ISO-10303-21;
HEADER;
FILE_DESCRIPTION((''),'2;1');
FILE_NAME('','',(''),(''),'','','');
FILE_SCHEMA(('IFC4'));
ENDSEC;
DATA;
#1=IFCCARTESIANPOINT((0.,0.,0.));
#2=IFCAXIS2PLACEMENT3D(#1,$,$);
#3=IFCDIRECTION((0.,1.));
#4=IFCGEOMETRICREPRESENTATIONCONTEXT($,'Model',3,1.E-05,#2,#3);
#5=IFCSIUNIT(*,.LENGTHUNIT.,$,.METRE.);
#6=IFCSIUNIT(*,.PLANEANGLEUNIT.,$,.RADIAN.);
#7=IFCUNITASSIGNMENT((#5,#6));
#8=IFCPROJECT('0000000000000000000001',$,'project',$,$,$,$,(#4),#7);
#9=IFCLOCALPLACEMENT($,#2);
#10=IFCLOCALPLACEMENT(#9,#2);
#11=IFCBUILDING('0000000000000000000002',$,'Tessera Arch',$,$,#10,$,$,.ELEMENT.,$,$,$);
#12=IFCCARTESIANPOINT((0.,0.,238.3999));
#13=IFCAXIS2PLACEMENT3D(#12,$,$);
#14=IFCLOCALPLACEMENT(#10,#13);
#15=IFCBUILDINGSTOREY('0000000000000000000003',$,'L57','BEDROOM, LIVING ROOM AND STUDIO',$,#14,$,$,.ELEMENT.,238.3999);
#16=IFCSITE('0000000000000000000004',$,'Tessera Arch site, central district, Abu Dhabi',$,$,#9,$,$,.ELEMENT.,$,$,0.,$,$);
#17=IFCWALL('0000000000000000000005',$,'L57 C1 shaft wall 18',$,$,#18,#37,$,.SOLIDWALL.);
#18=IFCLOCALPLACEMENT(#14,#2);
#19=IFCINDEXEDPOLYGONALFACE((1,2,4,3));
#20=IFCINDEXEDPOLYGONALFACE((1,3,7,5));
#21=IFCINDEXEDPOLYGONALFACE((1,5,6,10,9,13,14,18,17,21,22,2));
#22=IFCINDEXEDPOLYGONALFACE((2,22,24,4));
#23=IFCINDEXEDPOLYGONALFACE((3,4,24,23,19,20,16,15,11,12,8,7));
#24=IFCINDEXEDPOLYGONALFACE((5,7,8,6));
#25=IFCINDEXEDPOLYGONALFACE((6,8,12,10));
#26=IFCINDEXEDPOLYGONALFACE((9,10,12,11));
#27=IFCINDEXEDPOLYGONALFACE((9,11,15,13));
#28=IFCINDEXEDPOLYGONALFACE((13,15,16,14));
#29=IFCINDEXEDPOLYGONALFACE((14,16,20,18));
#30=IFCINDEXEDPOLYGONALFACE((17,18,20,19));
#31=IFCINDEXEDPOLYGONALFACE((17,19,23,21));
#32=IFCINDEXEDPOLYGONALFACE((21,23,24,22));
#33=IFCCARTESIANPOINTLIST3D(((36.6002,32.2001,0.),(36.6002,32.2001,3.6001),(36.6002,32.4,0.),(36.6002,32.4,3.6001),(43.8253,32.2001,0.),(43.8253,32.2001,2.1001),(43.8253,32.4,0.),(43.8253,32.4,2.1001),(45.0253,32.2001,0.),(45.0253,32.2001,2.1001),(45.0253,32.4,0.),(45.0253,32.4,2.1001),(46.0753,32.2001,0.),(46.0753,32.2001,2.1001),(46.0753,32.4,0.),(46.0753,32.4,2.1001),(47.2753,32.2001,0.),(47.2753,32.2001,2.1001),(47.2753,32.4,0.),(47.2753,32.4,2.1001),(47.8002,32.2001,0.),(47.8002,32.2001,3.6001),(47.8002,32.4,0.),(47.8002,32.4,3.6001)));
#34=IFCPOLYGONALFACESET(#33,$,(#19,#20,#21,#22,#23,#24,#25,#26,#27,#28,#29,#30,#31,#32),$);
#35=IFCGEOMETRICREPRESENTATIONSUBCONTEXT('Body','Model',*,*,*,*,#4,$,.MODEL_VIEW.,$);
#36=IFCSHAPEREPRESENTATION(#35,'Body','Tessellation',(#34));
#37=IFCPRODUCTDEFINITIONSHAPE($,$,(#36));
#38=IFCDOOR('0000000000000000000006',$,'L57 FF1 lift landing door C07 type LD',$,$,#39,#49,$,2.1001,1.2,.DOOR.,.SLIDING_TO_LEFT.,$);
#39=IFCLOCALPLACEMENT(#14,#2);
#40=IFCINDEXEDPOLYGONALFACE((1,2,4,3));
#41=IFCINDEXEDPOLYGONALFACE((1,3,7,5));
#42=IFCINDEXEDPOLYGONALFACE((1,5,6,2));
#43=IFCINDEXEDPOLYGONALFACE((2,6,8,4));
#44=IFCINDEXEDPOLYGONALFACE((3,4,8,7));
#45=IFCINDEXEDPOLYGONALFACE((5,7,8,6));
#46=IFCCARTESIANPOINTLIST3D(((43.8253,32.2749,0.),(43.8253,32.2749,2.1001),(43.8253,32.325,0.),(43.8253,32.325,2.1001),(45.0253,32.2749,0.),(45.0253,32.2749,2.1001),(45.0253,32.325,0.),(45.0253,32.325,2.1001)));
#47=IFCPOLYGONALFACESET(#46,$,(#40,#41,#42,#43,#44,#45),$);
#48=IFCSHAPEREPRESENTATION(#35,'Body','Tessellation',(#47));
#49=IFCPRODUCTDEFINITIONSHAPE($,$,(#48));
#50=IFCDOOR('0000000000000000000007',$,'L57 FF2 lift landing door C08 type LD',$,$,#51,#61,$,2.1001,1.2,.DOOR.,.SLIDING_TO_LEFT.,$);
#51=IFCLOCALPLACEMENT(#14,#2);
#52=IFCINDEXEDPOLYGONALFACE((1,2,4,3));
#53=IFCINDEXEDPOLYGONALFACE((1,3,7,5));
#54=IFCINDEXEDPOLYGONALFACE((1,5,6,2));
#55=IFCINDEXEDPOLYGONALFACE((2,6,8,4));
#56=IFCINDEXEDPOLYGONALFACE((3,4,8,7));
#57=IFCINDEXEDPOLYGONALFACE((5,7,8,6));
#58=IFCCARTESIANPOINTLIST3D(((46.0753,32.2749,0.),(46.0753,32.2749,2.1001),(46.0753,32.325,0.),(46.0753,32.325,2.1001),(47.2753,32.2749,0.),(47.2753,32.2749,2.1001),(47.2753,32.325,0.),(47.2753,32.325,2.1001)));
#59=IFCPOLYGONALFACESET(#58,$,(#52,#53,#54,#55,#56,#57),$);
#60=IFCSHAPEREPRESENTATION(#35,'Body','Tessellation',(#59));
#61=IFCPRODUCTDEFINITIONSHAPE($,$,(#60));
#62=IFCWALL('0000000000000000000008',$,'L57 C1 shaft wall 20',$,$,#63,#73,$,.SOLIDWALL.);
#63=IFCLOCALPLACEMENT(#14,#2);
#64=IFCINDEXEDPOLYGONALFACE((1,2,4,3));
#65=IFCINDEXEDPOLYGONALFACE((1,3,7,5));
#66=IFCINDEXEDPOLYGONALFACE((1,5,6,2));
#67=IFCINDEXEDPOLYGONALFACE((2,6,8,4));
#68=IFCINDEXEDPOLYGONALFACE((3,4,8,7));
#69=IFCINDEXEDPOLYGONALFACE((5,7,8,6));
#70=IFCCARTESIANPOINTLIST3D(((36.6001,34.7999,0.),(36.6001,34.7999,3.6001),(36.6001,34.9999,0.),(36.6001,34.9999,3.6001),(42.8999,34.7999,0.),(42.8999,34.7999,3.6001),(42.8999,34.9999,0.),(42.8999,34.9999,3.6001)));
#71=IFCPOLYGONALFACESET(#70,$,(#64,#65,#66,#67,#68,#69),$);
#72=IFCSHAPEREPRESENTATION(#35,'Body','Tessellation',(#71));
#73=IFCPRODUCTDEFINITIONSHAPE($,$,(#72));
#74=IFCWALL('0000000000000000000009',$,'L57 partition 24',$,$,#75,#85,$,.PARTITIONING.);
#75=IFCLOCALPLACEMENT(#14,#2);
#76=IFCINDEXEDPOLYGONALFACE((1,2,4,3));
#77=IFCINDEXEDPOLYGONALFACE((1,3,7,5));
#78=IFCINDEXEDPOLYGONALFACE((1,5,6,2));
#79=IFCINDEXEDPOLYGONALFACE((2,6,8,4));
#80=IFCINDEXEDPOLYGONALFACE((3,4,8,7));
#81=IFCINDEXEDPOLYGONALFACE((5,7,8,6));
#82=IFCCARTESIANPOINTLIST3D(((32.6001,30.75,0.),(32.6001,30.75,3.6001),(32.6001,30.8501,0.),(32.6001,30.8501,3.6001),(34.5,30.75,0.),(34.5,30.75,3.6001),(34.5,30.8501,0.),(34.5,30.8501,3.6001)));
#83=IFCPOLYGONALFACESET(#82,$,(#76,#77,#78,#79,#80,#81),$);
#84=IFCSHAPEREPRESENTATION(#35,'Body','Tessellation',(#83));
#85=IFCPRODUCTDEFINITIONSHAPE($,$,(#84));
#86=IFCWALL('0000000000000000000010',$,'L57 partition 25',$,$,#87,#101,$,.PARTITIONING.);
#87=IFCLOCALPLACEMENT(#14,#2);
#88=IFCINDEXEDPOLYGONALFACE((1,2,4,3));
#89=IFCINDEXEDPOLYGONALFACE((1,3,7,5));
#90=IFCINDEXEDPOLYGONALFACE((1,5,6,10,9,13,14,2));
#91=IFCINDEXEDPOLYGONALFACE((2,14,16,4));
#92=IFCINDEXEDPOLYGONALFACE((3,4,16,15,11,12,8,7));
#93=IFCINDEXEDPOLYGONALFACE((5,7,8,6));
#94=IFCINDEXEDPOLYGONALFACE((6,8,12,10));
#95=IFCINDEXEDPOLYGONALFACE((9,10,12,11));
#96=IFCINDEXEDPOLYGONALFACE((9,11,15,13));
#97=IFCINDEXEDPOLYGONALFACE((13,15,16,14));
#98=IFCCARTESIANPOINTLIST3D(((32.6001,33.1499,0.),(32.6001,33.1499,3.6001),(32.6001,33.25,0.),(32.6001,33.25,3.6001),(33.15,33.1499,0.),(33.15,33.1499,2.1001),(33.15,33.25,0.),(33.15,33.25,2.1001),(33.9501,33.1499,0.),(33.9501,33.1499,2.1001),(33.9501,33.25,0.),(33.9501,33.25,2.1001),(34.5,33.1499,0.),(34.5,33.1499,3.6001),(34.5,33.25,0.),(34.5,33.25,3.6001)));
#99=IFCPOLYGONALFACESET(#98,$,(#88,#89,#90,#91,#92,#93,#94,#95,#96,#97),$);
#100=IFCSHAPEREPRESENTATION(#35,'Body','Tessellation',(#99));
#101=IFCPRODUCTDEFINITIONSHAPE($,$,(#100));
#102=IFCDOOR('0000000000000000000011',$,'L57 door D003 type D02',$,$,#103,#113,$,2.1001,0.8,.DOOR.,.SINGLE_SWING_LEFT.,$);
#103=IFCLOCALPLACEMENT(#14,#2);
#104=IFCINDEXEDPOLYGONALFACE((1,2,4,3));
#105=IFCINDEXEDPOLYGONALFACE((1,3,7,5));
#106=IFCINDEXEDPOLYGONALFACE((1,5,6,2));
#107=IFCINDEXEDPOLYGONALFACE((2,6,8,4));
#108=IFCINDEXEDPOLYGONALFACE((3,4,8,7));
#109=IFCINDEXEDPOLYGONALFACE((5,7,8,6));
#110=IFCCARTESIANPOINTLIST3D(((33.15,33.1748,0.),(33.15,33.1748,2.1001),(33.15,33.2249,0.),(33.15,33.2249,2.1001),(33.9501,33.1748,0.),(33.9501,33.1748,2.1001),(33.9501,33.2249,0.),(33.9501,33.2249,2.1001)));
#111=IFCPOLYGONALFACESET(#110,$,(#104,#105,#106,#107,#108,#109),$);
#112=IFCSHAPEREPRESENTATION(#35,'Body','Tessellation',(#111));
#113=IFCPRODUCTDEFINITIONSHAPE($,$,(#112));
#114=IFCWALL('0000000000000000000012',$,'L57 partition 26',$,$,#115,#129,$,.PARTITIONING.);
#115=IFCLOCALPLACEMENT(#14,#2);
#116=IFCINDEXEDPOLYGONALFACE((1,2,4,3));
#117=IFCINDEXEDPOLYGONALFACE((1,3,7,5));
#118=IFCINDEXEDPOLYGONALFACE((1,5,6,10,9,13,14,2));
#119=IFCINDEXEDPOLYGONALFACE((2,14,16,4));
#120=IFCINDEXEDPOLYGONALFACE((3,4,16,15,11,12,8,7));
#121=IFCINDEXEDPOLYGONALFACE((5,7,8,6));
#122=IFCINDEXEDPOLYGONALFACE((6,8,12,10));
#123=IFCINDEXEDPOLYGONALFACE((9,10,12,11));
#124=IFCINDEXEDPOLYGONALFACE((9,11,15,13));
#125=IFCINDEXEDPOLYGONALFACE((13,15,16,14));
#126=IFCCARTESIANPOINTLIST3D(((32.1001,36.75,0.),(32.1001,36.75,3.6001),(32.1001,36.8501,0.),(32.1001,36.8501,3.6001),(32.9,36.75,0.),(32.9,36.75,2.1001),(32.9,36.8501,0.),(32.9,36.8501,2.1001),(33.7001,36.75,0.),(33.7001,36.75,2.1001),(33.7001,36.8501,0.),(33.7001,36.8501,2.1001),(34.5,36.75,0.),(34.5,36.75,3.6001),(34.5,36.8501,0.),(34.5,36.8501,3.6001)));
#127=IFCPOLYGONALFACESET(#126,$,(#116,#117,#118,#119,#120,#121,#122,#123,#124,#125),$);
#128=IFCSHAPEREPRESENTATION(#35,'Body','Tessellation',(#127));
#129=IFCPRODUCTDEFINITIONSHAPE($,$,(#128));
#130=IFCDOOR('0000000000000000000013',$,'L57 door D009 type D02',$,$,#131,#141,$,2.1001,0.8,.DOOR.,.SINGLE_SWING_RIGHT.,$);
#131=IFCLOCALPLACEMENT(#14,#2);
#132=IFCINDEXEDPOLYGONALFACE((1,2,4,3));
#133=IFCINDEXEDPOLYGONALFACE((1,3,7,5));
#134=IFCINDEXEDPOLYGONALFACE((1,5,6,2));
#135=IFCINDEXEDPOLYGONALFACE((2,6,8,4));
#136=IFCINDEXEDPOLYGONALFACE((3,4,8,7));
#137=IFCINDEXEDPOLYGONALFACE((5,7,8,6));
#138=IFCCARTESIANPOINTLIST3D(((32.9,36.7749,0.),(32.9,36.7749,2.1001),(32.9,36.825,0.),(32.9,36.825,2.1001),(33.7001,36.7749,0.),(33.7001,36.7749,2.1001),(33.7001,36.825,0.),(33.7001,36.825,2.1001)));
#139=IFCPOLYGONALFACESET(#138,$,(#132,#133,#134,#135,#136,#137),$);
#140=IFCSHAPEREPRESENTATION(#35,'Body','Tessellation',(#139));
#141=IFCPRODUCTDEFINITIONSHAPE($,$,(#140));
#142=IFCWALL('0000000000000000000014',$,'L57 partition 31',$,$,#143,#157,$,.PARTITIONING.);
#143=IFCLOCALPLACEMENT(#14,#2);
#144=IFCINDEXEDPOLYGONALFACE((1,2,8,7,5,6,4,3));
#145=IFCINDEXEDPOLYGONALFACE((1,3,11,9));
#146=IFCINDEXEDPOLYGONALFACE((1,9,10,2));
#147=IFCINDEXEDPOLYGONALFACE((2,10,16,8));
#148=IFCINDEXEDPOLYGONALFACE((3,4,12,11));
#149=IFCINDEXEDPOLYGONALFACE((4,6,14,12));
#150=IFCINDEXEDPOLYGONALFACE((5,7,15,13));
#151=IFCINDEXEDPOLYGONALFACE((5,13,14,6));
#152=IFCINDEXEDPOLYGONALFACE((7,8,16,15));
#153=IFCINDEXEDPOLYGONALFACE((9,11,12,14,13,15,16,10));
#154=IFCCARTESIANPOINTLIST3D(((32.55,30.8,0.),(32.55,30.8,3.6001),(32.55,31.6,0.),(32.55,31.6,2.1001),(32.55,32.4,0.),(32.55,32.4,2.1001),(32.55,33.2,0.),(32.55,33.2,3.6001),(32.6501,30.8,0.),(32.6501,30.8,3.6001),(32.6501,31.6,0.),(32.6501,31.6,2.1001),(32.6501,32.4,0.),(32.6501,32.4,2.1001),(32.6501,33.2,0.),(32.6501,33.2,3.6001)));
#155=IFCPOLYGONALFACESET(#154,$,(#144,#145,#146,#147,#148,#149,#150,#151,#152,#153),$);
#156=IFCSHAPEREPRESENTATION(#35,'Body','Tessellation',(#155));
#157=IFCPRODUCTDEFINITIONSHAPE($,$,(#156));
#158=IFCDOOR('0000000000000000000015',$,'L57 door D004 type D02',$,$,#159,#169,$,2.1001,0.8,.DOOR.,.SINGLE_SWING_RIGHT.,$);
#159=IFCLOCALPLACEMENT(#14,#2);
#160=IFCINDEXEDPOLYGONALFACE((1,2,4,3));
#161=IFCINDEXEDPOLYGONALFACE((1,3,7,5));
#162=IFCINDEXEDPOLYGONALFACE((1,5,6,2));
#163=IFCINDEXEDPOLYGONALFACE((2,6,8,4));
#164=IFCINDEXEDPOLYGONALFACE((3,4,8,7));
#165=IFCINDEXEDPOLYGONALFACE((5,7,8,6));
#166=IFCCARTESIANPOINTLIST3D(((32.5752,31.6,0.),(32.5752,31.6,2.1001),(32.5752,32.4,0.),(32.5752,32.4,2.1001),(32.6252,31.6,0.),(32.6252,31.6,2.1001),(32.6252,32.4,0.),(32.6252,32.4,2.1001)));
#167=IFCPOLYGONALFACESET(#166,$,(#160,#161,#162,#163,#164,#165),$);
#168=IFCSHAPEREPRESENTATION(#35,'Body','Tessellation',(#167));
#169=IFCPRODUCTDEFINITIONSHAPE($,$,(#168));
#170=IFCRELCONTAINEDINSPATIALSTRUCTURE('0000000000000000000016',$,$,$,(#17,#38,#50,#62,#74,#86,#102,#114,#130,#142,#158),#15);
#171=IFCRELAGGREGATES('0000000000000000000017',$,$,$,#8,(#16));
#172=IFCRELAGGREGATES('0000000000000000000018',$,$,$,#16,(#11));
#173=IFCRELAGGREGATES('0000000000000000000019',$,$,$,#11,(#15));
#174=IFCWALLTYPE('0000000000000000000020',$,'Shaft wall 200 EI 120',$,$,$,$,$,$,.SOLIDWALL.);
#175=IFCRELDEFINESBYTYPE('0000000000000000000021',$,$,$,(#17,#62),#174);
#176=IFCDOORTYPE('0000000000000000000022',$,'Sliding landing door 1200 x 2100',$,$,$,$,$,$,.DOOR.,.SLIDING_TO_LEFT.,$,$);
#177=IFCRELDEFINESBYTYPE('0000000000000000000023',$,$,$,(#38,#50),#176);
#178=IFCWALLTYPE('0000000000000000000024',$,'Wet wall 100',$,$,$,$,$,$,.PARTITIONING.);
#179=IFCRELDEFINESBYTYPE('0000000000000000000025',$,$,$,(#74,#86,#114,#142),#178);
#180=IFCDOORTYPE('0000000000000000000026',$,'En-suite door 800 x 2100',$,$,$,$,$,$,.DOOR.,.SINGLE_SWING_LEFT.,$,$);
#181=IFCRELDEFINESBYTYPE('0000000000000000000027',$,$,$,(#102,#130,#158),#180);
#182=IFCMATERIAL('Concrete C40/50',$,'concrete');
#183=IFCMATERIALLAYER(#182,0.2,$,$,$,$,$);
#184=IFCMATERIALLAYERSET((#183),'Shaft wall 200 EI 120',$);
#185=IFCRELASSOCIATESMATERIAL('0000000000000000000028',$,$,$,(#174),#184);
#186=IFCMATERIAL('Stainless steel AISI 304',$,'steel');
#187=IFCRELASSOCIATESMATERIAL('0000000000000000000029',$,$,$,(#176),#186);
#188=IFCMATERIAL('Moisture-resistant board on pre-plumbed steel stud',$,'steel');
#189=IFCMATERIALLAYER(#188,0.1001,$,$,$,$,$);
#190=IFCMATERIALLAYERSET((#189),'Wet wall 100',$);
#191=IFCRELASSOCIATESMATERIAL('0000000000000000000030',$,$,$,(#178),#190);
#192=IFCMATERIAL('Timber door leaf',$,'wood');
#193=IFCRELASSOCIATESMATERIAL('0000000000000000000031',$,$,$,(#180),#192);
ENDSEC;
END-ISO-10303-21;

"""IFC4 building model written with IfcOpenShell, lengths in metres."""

from ifc_helpers import new_model, si_unit, direction, frame, frame_2d, origin, place, context, subcontext, project, spatial, rectangle, extrude, material, layer, layer_set, type_object, element, fill, save


model = new_model("IFC4")

# Units and contexts
model_context = context("Model", 3, precision=1e-05, world=origin(), true_north=direction((0.0, 1.0)))
body_context = subcontext(model_context, "Body", "Model", "MODEL_VIEW")
ifc_project = project(units=[si_unit("LENGTHUNIT", "METRE"), si_unit("PLANEANGLEUNIT", "RADIAN")], contexts=[model_context])

# Site, building, storey
site_placement = place(None, origin())
site = spatial("IfcSite", under=ifc_project, at=site_placement, Name="Tessera Arch site, central district, Abu Dhabi", CompositionType="ELEMENT", RefElevation=0.0)
building_placement = place(site_placement, origin())
building = spatial("IfcBuilding", under=site, at=building_placement, Name="Tessera Arch", CompositionType="ELEMENT")
storey_placement = place(building_placement, frame((0.0, 0.0, 238.3999)))
storey = spatial("IfcBuildingStorey", under=building, at=storey_placement, Name="L57", Description="BEDROOM, LIVING ROOM AND STUDIO", CompositionType="ELEMENT", Elevation=238.3999)

# Shared definitions
ifc_material_1 = material(Name="Concrete C40/50", Category="concrete")
ifc_layer_1 = layer(ifc_material_1, 0.2)
ifc_layer_set_1 = layer_set([ifc_layer_1], Name="Shaft wall 200 EI 120")
wall_type_1 = type_object("IfcWallType", Name="Shaft wall 200 EI 120", PredefinedType="SOLIDWALL", material=ifc_layer_set_1)

# Wall, openings, doors
wall_1_placement = place(storey_placement, frame((36.6001, 32.3, 0.0), z_axis=(0.0, 0.0, 1.0), x_axis=(1.0, 0.0, 0.0)))
wall_1 = element("IfcWall", 1, at=wall_1_placement, inside=storey, type_object=wall_type_1, Name="L57 C1 shaft wall 18", PredefinedType="SOLIDWALL", context=body_context, shape_type="SweptSolid", body=[
    extrude(rectangle(XDim=11.2, YDim=0.2, at=frame_2d((5.6001, 0.0))), origin(), (0.0, 0.0, 1.0), 3.6001),
])
opening_1_placement = place(wall_1_placement, frame((7.2251, 0.0, 0.0)))
opening_1 = element("IfcOpeningElement", 2, at=opening_1_placement, cuts=wall_1, PredefinedType="OPENING", context=body_context, shape_type="SweptSolid", body=[
    extrude(rectangle(XDim=1.2, YDim=2.1001, at=frame_2d((0.6001, 1.05))), frame((0.0, 0.1099, 0.0), z_axis=(0.0, -1.0, 0.0), x_axis=(1.0, 0.0, 0.0)), (0.0, 0.0, 1.0), 0.22),
])
opening_2_placement = place(wall_1_placement, frame((9.4751, 0.0, 0.0)))
opening_2 = element("IfcOpeningElement", 3, at=opening_2_placement, cuts=wall_1, PredefinedType="OPENING", context=body_context, shape_type="SweptSolid", body=[
    extrude(rectangle(XDim=1.2, YDim=2.1001, at=frame_2d((0.6001, 1.05))), frame((0.0, 0.1099, 0.0), z_axis=(0.0, -1.0, 0.0), x_axis=(1.0, 0.0, 0.0)), (0.0, 0.0, 1.0), 0.22),
])
ifc_material_2 = material(Name="Stainless steel AISI 304", Category="steel")
door_type_1 = type_object("IfcDoorType", Name="Sliding landing door 1200 x 2100", OperationType="SLIDING_TO_LEFT", PredefinedType="DOOR", material=ifc_material_2)
door_1_placement = place(opening_1_placement, origin())
door_1 = element("IfcDoor", 4, at=door_1_placement, inside=storey, type_object=door_type_1, Name="L57 FF1 lift landing door C07 type LD", OperationType="SLIDING_TO_LEFT", OverallHeight=2.1001, OverallWidth=1.2, PredefinedType="DOOR", context=body_context, shape_type="SweptSolid", body=[
    extrude(rectangle(XDim=1.2, YDim=2.1001, at=frame_2d((0.6001, 1.05))), frame((0.0, 0.0249, 0.0), z_axis=(0.0, -1.0, 0.0), x_axis=(1.0, 0.0, 0.0)), (0.0, 0.0, 1.0), 0.05),
])
fill(opening_1, door_1)
door_2_placement = place(opening_2_placement, origin())
door_2 = element("IfcDoor", 5, at=door_2_placement, inside=storey, type_object=door_type_1, Name="L57 FF2 lift landing door C08 type LD", OperationType="SLIDING_TO_LEFT", OverallHeight=2.1001, OverallWidth=1.2, PredefinedType="DOOR", context=body_context, shape_type="SweptSolid", body=[
    extrude(rectangle(XDim=1.2, YDim=2.1001, at=frame_2d((0.6001, 1.05))), frame((0.0, 0.0249, 0.0), z_axis=(0.0, -1.0, 0.0), x_axis=(1.0, 0.0, 0.0)), (0.0, 0.0, 1.0), 0.05),
])
fill(opening_2, door_2)

# Walls
wall_2_placement = place(storey_placement, frame((36.6001, 34.8999, 0.0), z_axis=(0.0, 0.0, 1.0), x_axis=(1.0, 0.0, 0.0)))
element("IfcWall", 6, at=wall_2_placement, inside=storey, type_object=wall_type_1, Name="L57 C1 shaft wall 20", PredefinedType="SOLIDWALL", context=body_context, shape_type="SweptSolid", body=[
    extrude(rectangle(XDim=6.2998, YDim=0.2, at=frame_2d((3.1499, 0.0))), origin(), (0.0, 0.0, 1.0), 3.6001),
])
ifc_material_3 = material(Name="Moisture-resistant board on pre-plumbed steel stud", Category="steel")
ifc_layer_2 = layer(ifc_material_3, 0.1001)
ifc_layer_set_2 = layer_set([ifc_layer_2], Name="Wet wall 100")
wall_type_2 = type_object("IfcWallType", Name="Wet wall 100", PredefinedType="PARTITIONING", material=ifc_layer_set_2)
wall_3_placement = place(storey_placement, frame((32.6001, 30.8, 0.0), z_axis=(0.0, 0.0, 1.0), x_axis=(1.0, 0.0, 0.0)))
element("IfcWall", 7, at=wall_3_placement, inside=storey, type_object=wall_type_2, Name="L57 partition 24", PredefinedType="PARTITIONING", context=body_context, shape_type="SweptSolid", body=[
    extrude(rectangle(XDim=1.8999, YDim=0.1001, at=frame_2d((0.95, 0.0))), origin(), (0.0, 0.0, 1.0), 3.6001),
])

# Walls, openings, doors
wall_4_placement = place(storey_placement, frame((32.6001, 33.2, 0.0), z_axis=(0.0, 0.0, 1.0), x_axis=(1.0, 0.0, 0.0)))
wall_4 = element("IfcWall", 8, at=wall_4_placement, inside=storey, type_object=wall_type_2, Name="L57 partition 25", PredefinedType="PARTITIONING", context=body_context, shape_type="SweptSolid", body=[
    extrude(rectangle(XDim=1.8999, YDim=0.1001, at=frame_2d((0.95, 0.0))), origin(), (0.0, 0.0, 1.0), 3.6001),
])
opening_3_placement = place(wall_4_placement, frame((0.55, 0.0, 0.0)))
opening_3 = element("IfcOpeningElement", 9, at=opening_3_placement, cuts=wall_4, PredefinedType="OPENING", context=body_context, shape_type="SweptSolid", body=[
    extrude(rectangle(XDim=0.8, YDim=2.1001, at=frame_2d((0.3999, 1.05))), frame((0.0, 0.0601, 0.0), z_axis=(0.0, -1.0, 0.0), x_axis=(1.0, 0.0, 0.0)), (0.0, 0.0, 1.0), 0.1201),
])
ifc_material_4 = material(Name="Timber door leaf", Category="wood")
door_type_2 = type_object("IfcDoorType", Name="En-suite door 800 x 2100", OperationType="SINGLE_SWING_LEFT", PredefinedType="DOOR", material=ifc_material_4)
door_3_placement = place(opening_3_placement, origin())
door_3 = element("IfcDoor", 10, at=door_3_placement, inside=storey, type_object=door_type_2, Name="L57 door D003 type D02", OperationType="SINGLE_SWING_LEFT", OverallHeight=2.1001, OverallWidth=0.8, PredefinedType="DOOR", context=body_context, shape_type="SweptSolid", body=[
    extrude(rectangle(XDim=0.8, YDim=2.1001, at=frame_2d((0.3999, 1.05))), frame((0.0, 0.0249, 0.0), z_axis=(0.0, -1.0, 0.0), x_axis=(1.0, 0.0, 0.0)), (0.0, 0.0, 1.0), 0.05),
])
fill(opening_3, door_3)
wall_5_placement = place(storey_placement, frame((32.1001, 36.8, 0.0), z_axis=(0.0, 0.0, 1.0), x_axis=(1.0, 0.0, 0.0)))
wall_5 = element("IfcWall", 11, at=wall_5_placement, inside=storey, type_object=wall_type_2, Name="L57 partition 26", PredefinedType="PARTITIONING", context=body_context, shape_type="SweptSolid", body=[
    extrude(rectangle(XDim=2.3999, YDim=0.1001, at=frame_2d((1.2, 0.0))), origin(), (0.0, 0.0, 1.0), 3.6001),
])
opening_4_placement = place(wall_5_placement, frame((0.8, 0.0, 0.0)))
opening_4 = element("IfcOpeningElement", 12, at=opening_4_placement, cuts=wall_5, PredefinedType="OPENING", context=body_context, shape_type="SweptSolid", body=[
    extrude(rectangle(XDim=0.8, YDim=2.1001, at=frame_2d((0.3999, 1.05))), frame((0.0, 0.0601, 0.0), z_axis=(0.0, -1.0, 0.0), x_axis=(1.0, 0.0, 0.0)), (0.0, 0.0, 1.0), 0.1201),
])
door_4_placement = place(opening_4_placement, origin())
door_4 = element("IfcDoor", 13, at=door_4_placement, inside=storey, type_object=door_type_2, Name="L57 door D009 type D02", OperationType="SINGLE_SWING_RIGHT", OverallHeight=2.1001, OverallWidth=0.8, PredefinedType="DOOR", context=body_context, shape_type="SweptSolid", body=[
    extrude(rectangle(XDim=0.8, YDim=2.1001, at=frame_2d((0.3999, 1.05))), frame((0.0, 0.0249, 0.0), z_axis=(0.0, -1.0, 0.0), x_axis=(1.0, 0.0, 0.0)), (0.0, 0.0, 1.0), 0.05),
])
fill(opening_4, door_4)
wall_6_placement = place(storey_placement, frame((32.6001, 30.8, 0.0), z_axis=(0.0, 0.0, 1.0), x_axis=(0.0, 1.0, 0.0)))
wall_6 = element("IfcWall", 14, at=wall_6_placement, inside=storey, type_object=wall_type_2, Name="L57 partition 31", PredefinedType="PARTITIONING", context=body_context, shape_type="SweptSolid", body=[
    extrude(rectangle(XDim=2.3999, YDim=0.1001, at=frame_2d((1.2, 0.0))), origin(), (0.0, 0.0, 1.0), 3.6001),
])
opening_5_placement = place(wall_6_placement, frame((0.8, 0.0, 0.0)))
opening_5 = element("IfcOpeningElement", 15, at=opening_5_placement, cuts=wall_6, PredefinedType="OPENING", context=body_context, shape_type="SweptSolid", body=[
    extrude(rectangle(XDim=0.8, YDim=2.1001, at=frame_2d((0.3999, 1.05))), frame((0.0, 0.0601, 0.0), z_axis=(0.0, -1.0, 0.0), x_axis=(1.0, 0.0, 0.0)), (0.0, 0.0, 1.0), 0.1201),
])
door_5_placement = place(opening_5_placement, origin())
door_5 = element("IfcDoor", 16, at=door_5_placement, inside=storey, type_object=door_type_2, Name="L57 door D004 type D02", OperationType="SINGLE_SWING_RIGHT", OverallHeight=2.1001, OverallWidth=0.8, PredefinedType="DOOR", context=body_context, shape_type="SweptSolid", body=[
    extrude(rectangle(XDim=0.8, YDim=2.1001, at=frame_2d((0.3999, 1.05))), frame((0.0, 0.0249, 0.0), z_axis=(0.0, -1.0, 0.0), x_axis=(1.0, 0.0, 0.0)), (0.0, 0.0, 1.0), 0.05),
])
fill(opening_5, door_5)

save(model, "model.ifc")
